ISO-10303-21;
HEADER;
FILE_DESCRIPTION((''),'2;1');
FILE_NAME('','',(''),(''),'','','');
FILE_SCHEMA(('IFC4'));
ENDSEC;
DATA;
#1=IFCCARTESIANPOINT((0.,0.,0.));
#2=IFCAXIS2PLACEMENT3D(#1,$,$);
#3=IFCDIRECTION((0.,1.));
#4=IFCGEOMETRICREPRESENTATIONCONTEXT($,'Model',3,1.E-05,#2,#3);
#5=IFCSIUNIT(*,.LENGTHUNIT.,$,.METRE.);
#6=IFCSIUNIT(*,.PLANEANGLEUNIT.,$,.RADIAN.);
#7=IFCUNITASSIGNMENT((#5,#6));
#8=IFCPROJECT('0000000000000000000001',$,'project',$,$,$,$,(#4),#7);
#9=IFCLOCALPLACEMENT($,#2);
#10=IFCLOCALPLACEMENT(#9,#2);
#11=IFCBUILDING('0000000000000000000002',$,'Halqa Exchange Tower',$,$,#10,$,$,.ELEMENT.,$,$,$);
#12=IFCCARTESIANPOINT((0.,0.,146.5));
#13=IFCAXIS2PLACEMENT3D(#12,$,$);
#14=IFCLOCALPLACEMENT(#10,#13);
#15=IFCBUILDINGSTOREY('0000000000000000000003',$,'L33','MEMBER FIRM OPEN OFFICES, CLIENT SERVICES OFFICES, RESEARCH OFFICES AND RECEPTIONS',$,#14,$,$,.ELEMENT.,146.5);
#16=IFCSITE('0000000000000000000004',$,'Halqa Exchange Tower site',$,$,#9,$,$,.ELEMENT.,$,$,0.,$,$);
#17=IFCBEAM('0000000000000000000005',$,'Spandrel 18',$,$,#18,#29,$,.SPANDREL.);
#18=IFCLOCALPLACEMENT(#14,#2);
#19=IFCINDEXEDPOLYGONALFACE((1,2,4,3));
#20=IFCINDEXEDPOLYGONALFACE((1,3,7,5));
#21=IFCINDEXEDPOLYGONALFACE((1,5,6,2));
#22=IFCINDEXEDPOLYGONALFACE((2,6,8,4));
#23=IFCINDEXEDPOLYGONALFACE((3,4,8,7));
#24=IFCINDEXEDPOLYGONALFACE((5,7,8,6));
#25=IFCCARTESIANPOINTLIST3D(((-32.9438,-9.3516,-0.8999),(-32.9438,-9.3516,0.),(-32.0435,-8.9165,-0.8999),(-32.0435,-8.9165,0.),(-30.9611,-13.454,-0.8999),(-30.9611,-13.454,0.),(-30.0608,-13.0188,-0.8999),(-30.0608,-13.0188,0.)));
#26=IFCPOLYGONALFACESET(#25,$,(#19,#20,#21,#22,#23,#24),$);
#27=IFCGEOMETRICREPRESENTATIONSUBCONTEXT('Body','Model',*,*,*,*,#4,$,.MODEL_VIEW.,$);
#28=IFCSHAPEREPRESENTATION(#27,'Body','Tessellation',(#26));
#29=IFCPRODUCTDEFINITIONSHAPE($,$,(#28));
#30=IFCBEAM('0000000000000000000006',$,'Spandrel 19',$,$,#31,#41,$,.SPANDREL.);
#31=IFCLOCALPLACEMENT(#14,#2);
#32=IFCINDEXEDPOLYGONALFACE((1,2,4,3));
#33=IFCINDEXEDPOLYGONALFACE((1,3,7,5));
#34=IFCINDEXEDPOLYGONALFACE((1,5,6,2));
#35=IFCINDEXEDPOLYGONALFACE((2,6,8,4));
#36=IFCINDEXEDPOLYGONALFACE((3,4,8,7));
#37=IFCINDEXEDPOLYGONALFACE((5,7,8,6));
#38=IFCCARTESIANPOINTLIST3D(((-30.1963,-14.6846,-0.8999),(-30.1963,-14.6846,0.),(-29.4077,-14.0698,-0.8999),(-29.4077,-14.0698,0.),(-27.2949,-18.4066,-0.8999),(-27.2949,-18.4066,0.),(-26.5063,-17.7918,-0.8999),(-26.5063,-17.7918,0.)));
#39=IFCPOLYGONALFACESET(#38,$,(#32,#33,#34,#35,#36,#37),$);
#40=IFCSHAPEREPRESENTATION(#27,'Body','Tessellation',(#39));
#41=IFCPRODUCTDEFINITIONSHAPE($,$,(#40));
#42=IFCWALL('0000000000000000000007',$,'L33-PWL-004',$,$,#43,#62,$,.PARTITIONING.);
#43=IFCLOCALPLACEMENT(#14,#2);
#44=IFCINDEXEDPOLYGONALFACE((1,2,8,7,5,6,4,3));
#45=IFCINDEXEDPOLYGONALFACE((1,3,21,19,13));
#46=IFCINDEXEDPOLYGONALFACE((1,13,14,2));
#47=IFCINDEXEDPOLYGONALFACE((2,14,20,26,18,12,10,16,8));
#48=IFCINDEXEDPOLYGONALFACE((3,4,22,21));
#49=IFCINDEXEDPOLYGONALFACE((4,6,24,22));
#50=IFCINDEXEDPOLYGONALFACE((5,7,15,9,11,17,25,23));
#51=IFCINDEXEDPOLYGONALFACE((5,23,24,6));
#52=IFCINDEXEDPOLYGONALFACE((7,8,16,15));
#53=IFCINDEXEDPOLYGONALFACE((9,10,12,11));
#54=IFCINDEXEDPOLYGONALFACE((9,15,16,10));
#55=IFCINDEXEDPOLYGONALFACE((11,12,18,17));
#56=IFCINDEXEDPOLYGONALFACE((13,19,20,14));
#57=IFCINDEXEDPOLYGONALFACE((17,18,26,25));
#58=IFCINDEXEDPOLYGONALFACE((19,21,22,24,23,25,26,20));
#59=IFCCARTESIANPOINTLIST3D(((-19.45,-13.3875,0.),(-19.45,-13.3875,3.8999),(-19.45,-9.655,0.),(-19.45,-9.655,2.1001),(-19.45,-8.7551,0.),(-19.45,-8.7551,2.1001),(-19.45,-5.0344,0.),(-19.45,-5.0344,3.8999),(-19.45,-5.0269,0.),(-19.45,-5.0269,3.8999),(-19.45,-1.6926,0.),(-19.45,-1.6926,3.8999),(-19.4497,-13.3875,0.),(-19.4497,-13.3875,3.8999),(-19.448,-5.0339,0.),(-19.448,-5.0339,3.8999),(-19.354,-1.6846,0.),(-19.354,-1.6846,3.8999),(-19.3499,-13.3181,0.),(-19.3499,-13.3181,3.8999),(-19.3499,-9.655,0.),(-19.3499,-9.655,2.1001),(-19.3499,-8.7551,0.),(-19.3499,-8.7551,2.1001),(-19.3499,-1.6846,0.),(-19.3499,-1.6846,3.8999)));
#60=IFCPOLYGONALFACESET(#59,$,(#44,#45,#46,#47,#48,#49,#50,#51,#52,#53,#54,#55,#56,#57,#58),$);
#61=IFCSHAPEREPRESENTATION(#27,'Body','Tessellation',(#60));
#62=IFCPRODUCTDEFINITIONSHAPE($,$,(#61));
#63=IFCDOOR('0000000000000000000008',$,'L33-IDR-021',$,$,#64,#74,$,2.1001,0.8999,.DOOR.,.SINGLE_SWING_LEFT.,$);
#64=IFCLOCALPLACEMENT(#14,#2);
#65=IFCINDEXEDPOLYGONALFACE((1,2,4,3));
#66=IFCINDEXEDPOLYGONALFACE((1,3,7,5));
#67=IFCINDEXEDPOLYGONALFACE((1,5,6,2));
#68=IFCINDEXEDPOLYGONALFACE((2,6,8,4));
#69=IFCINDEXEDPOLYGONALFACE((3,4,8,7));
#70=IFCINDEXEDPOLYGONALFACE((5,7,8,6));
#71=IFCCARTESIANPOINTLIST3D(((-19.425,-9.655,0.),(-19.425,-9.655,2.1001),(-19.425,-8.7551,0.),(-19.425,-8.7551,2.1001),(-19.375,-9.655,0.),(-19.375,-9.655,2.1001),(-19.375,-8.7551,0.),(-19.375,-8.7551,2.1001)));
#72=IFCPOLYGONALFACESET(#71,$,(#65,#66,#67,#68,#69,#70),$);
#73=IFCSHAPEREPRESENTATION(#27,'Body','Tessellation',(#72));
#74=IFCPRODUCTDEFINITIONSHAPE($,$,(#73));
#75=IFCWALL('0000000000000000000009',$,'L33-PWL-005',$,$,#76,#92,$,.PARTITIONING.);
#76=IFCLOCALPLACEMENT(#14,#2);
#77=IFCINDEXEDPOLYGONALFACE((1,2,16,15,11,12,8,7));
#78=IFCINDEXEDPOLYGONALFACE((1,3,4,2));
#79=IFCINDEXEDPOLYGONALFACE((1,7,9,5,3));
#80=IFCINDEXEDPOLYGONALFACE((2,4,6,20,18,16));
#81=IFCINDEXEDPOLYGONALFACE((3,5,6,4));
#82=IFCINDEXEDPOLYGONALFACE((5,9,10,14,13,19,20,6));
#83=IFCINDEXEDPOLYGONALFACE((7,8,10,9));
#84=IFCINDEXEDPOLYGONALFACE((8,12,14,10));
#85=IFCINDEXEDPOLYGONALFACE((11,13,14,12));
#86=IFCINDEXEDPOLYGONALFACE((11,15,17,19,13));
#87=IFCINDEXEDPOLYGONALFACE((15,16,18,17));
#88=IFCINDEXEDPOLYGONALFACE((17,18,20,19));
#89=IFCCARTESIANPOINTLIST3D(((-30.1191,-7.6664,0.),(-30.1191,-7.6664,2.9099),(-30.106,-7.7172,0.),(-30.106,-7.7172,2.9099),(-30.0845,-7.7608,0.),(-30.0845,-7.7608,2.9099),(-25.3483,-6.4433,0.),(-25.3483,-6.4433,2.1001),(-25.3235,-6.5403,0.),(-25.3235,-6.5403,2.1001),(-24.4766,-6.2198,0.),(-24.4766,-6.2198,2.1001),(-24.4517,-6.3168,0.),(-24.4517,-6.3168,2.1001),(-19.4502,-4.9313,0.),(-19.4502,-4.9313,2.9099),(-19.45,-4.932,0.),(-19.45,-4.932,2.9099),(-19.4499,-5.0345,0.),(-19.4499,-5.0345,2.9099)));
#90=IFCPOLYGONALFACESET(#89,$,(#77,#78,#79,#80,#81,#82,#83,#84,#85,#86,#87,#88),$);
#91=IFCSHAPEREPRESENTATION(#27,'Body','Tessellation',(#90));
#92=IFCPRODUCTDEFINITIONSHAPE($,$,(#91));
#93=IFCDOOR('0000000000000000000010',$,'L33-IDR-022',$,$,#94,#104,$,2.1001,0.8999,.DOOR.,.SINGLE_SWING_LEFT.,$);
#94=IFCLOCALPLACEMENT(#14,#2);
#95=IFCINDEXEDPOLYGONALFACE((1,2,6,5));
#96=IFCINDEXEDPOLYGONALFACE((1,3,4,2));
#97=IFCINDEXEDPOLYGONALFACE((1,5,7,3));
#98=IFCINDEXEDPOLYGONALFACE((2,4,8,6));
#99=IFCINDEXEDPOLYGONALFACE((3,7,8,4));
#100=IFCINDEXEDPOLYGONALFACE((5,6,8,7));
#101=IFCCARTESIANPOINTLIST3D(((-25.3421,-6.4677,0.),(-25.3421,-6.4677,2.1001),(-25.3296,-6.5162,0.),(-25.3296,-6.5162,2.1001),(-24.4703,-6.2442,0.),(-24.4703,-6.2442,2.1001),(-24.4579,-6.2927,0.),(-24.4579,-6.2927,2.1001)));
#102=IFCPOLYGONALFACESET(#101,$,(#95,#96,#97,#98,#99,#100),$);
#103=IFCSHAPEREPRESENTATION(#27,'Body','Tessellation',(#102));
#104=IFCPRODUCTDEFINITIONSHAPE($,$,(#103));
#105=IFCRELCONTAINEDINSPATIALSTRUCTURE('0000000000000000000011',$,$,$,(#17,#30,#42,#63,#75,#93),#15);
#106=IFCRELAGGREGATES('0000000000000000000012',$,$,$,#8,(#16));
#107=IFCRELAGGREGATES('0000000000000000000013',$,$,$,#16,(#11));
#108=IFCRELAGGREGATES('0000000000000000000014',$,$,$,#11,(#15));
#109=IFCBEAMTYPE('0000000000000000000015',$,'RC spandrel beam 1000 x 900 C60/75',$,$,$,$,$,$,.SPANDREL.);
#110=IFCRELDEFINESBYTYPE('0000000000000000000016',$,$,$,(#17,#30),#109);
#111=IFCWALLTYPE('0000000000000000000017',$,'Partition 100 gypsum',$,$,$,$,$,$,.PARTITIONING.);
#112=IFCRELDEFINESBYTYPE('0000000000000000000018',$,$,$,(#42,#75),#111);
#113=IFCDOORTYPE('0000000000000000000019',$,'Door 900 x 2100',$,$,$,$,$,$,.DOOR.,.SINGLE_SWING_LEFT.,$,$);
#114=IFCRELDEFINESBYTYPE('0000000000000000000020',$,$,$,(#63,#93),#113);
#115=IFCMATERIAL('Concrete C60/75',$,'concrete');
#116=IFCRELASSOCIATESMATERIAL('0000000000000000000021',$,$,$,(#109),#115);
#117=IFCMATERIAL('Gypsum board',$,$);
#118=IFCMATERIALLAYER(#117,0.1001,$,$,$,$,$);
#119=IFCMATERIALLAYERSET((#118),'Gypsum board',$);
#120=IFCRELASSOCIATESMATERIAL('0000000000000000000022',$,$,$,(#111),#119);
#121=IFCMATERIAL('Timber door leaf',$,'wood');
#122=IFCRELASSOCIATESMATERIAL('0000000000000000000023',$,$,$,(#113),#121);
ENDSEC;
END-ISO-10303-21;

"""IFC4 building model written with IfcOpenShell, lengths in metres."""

from ifc_helpers import new_model, si_unit, direction, frame, frame_2d, origin, origin_2d, place, context, subcontext, project, spatial, polyline, rectangle, outline, extrude, material, layer, layer_set, material_profile, profile_set, type_object, element, fill, save


model = new_model("IFC4")

# Units and contexts
model_context = context("Model", 3, precision=1e-05, world=origin(), true_north=direction((0.0, 1.0)))
body_context = subcontext(model_context, "Body", "Model", "MODEL_VIEW")
ifc_project = project(units=[si_unit("LENGTHUNIT", "METRE"), si_unit("PLANEANGLEUNIT", "RADIAN")], contexts=[model_context])

# Site, building, storey
site_placement = place(None, origin())
site = spatial("IfcSite", under=ifc_project, at=site_placement, Name="Halqa Exchange Tower site", CompositionType="ELEMENT", RefElevation=0.0)
building_placement = place(site_placement, origin())
building = spatial("IfcBuilding", under=site, at=building_placement, Name="Halqa Exchange Tower", CompositionType="ELEMENT")
storey_placement = place(building_placement, frame((0.0, 0.0, 146.5)))
storey = spatial("IfcBuildingStorey", under=building, at=storey_placement, Name="L33", Description="MEMBER FIRM OPEN OFFICES, CLIENT SERVICES OFFICES, RESEARCH OFFICES AND RECEPTIONS", CompositionType="ELEMENT", Elevation=146.5)

# Beams
ifc_material_1 = material(Name="Concrete C60/75", Category="concrete")
ifc_material_profile_1 = material_profile(ifc_material_1, rectangle(XDim=1.0, YDim=0.8999, at=origin_2d()), Name="1000 x 900")
ifc_profile_set_1 = profile_set([ifc_material_profile_1], Name="Concrete C60/75")
beam_type_1 = type_object("IfcBeamType", Name="RC spandrel beam 1000 x 900 C60/75", PredefinedType="SPANDREL", material=ifc_profile_set_1)
beam_1_placement = place(storey_placement, frame((-32.4937, -9.134, -0.45), z_axis=(0.435149, -0.900358, 0.0), x_axis=(0.900358, 0.435149, 0.0)))
element("IfcBeam", 1, at=beam_1_placement, inside=storey, type_object=beam_type_1, Name="Spandrel 18", PredefinedType="SPANDREL", context=body_context, shape_type="SweptSolid", body=[
    extrude(rectangle(XDim=1.0, YDim=0.8999, at=origin_2d()), origin(), (0.0, 0.0, 1.0), 4.5564),
])
beam_2_placement = place(storey_placement, frame((-29.802, -14.3772, -0.45), z_axis=(0.614803, -0.78868, 0.0), x_axis=(0.78868, 0.614803, 0.0)))
element("IfcBeam", 2, at=beam_2_placement, inside=storey, type_object=beam_type_1, Name="Spandrel 19", PredefinedType="SPANDREL", context=body_context, shape_type="SweptSolid", body=[
    extrude(rectangle(XDim=1.0, YDim=0.8999, at=origin_2d()), origin(), (0.0, 0.0, 1.0), 4.7192),
])

# Walls, openings, doors
ifc_material_2 = material(Name="Gypsum board")
ifc_layer_1 = layer(ifc_material_2, 0.1001)
ifc_layer_set_1 = layer_set([ifc_layer_1], Name="Gypsum board")
wall_type_1 = type_object("IfcWallType", Name="Partition 100 gypsum", PredefinedType="PARTITIONING", material=ifc_layer_set_1)
wall_1_placement = place(storey_placement, frame((-19.3999, -13.3875, 0.0), z_axis=(0.0, 0.0, 1.0), x_axis=(0.0, 1.0, 0.0)))
wall_1 = element("IfcWall", 3, at=wall_1_placement, inside=storey, type_object=wall_type_1, Name="L33-PWL-004", PredefinedType="PARTITIONING", context=body_context, shape_type="SweptSolid", body=[
    extrude(outline(polyline([(11.7029, -0.05), (11.7029, -0.0459), (11.6948, 0.05), (10.0278, 0.05), (8.3606, 0.05), (8.3535, 0.0481), (8.353, 0.05), (6.6824, 0.05), (5.0117, 0.05), (3.3413, 0.05), (1.6707, 0.05), (0.0, 0.05), (0.0, 0.0498), (0.0693, -0.05), (2.0083, -0.05), (3.947, -0.05), (5.886, -0.05), (7.825, -0.05), (9.7639, -0.05), (11.7029, -0.05)])), origin(), (0.0, 0.0, 1.0), 3.8999),
])
opening_1_placement = place(wall_1_placement, frame((3.7324, 0.0, 0.0)))
opening_1 = element("IfcOpeningElement", 4, at=opening_1_placement, cuts=wall_1, PredefinedType="OPENING", context=body_context, shape_type="SweptSolid", body=[
    extrude(rectangle(XDim=0.8999, YDim=2.1001, at=frame_2d((0.45, 1.05))), frame((0.0, 0.062, 0.0), z_axis=(0.0, -1.0, 0.0), x_axis=(1.0, 0.0, 0.0)), (0.0, 0.0, 1.0), 0.124),
])
ifc_material_3 = material(Name="Timber door leaf", Category="wood")
door_type_1 = type_object("IfcDoorType", Name="Door 900 x 2100", OperationType="SINGLE_SWING_LEFT", PredefinedType="DOOR", material=ifc_material_3)
door_1_placement = place(opening_1_placement, frame((0.8999, 0.0, 0.0), z_axis=(0.0, 0.0, 1.0), x_axis=(-1.0, 0.0, 0.0)))
door_1 = element("IfcDoor", 5, at=door_1_placement, inside=storey, type_object=door_type_1, Name="L33-IDR-021", OperationType="SINGLE_SWING_LEFT", OverallHeight=2.1001, OverallWidth=0.8999, PredefinedType="DOOR", context=body_context, shape_type="SweptSolid", body=[
    extrude(rectangle(XDim=0.8999, YDim=2.1001, at=frame_2d((0.45, 1.05))), frame((0.0, 0.0249, 0.0), z_axis=(0.0, -1.0, 0.0), x_axis=(1.0, 0.0, 0.0)), (0.0, 0.0, 1.0), 0.05),
])
fill(opening_1, door_1)
wall_2_placement = place(storey_placement, frame((-19.4377, -4.9797, 0.0), z_axis=(0.0, 0.0, 1.0), x_axis=(-0.968675, -0.248331, 0.0)))
wall_2 = element("IfcWall", 6, at=wall_2_placement, inside=storey, type_object=wall_type_1, Name="L33-PWL-005", PredefinedType="PARTITIONING", context=body_context, shape_type="SweptSolid", body=[
    extrude(outline(polyline([(11.0139, -0.05), (11.0139, 0.0024), (11.0039, 0.05), (9.1743, 0.05), (7.3445, 0.05), (5.5146, 0.05), (3.6851, 0.05), (1.8552, 0.05), (0.0254, 0.05), (0.0, -0.0493), (0.0, -0.05), (1.8357, -0.05), (3.6714, -0.05), (5.5068, -0.05), (7.3425, -0.05), (9.1782, -0.05), (11.0139, -0.05)])), origin(), (0.0, 0.0, 1.0), 2.9099),
])
opening_2_placement = place(wall_2_placement, frame((5.189, 0.0, 0.0)))
opening_2 = element("IfcOpeningElement", 7, at=opening_2_placement, cuts=wall_2, PredefinedType="OPENING", context=body_context, shape_type="SweptSolid", body=[
    extrude(rectangle(XDim=0.8999, YDim=2.1001, at=frame_2d((0.45, 1.05))), frame((0.0, 0.062, 0.0), z_axis=(0.0, -1.0, 0.0), x_axis=(1.0, 0.0, 0.0)), (0.0, 0.0, 1.0), 0.124),
])
door_2_placement = place(opening_2_placement, frame((0.8999, 0.0, 0.0), z_axis=(0.0, 0.0, 1.0), x_axis=(-1.0, 0.0, 0.0)))
door_2 = element("IfcDoor", 8, at=door_2_placement, inside=storey, type_object=door_type_1, Name="L33-IDR-022", OperationType="SINGLE_SWING_LEFT", OverallHeight=2.1001, OverallWidth=0.8999, PredefinedType="DOOR", context=body_context, shape_type="SweptSolid", body=[
    extrude(rectangle(XDim=0.8999, YDim=2.1001, at=frame_2d((0.45, 1.05))), frame((0.0, 0.0249, 0.0), z_axis=(0.0, -1.0, 0.0), x_axis=(1.0, 0.0, 0.0)), (0.0, 0.0, 1.0), 0.05),
])
fill(opening_2, door_2)

save(model, "model.ifc")
